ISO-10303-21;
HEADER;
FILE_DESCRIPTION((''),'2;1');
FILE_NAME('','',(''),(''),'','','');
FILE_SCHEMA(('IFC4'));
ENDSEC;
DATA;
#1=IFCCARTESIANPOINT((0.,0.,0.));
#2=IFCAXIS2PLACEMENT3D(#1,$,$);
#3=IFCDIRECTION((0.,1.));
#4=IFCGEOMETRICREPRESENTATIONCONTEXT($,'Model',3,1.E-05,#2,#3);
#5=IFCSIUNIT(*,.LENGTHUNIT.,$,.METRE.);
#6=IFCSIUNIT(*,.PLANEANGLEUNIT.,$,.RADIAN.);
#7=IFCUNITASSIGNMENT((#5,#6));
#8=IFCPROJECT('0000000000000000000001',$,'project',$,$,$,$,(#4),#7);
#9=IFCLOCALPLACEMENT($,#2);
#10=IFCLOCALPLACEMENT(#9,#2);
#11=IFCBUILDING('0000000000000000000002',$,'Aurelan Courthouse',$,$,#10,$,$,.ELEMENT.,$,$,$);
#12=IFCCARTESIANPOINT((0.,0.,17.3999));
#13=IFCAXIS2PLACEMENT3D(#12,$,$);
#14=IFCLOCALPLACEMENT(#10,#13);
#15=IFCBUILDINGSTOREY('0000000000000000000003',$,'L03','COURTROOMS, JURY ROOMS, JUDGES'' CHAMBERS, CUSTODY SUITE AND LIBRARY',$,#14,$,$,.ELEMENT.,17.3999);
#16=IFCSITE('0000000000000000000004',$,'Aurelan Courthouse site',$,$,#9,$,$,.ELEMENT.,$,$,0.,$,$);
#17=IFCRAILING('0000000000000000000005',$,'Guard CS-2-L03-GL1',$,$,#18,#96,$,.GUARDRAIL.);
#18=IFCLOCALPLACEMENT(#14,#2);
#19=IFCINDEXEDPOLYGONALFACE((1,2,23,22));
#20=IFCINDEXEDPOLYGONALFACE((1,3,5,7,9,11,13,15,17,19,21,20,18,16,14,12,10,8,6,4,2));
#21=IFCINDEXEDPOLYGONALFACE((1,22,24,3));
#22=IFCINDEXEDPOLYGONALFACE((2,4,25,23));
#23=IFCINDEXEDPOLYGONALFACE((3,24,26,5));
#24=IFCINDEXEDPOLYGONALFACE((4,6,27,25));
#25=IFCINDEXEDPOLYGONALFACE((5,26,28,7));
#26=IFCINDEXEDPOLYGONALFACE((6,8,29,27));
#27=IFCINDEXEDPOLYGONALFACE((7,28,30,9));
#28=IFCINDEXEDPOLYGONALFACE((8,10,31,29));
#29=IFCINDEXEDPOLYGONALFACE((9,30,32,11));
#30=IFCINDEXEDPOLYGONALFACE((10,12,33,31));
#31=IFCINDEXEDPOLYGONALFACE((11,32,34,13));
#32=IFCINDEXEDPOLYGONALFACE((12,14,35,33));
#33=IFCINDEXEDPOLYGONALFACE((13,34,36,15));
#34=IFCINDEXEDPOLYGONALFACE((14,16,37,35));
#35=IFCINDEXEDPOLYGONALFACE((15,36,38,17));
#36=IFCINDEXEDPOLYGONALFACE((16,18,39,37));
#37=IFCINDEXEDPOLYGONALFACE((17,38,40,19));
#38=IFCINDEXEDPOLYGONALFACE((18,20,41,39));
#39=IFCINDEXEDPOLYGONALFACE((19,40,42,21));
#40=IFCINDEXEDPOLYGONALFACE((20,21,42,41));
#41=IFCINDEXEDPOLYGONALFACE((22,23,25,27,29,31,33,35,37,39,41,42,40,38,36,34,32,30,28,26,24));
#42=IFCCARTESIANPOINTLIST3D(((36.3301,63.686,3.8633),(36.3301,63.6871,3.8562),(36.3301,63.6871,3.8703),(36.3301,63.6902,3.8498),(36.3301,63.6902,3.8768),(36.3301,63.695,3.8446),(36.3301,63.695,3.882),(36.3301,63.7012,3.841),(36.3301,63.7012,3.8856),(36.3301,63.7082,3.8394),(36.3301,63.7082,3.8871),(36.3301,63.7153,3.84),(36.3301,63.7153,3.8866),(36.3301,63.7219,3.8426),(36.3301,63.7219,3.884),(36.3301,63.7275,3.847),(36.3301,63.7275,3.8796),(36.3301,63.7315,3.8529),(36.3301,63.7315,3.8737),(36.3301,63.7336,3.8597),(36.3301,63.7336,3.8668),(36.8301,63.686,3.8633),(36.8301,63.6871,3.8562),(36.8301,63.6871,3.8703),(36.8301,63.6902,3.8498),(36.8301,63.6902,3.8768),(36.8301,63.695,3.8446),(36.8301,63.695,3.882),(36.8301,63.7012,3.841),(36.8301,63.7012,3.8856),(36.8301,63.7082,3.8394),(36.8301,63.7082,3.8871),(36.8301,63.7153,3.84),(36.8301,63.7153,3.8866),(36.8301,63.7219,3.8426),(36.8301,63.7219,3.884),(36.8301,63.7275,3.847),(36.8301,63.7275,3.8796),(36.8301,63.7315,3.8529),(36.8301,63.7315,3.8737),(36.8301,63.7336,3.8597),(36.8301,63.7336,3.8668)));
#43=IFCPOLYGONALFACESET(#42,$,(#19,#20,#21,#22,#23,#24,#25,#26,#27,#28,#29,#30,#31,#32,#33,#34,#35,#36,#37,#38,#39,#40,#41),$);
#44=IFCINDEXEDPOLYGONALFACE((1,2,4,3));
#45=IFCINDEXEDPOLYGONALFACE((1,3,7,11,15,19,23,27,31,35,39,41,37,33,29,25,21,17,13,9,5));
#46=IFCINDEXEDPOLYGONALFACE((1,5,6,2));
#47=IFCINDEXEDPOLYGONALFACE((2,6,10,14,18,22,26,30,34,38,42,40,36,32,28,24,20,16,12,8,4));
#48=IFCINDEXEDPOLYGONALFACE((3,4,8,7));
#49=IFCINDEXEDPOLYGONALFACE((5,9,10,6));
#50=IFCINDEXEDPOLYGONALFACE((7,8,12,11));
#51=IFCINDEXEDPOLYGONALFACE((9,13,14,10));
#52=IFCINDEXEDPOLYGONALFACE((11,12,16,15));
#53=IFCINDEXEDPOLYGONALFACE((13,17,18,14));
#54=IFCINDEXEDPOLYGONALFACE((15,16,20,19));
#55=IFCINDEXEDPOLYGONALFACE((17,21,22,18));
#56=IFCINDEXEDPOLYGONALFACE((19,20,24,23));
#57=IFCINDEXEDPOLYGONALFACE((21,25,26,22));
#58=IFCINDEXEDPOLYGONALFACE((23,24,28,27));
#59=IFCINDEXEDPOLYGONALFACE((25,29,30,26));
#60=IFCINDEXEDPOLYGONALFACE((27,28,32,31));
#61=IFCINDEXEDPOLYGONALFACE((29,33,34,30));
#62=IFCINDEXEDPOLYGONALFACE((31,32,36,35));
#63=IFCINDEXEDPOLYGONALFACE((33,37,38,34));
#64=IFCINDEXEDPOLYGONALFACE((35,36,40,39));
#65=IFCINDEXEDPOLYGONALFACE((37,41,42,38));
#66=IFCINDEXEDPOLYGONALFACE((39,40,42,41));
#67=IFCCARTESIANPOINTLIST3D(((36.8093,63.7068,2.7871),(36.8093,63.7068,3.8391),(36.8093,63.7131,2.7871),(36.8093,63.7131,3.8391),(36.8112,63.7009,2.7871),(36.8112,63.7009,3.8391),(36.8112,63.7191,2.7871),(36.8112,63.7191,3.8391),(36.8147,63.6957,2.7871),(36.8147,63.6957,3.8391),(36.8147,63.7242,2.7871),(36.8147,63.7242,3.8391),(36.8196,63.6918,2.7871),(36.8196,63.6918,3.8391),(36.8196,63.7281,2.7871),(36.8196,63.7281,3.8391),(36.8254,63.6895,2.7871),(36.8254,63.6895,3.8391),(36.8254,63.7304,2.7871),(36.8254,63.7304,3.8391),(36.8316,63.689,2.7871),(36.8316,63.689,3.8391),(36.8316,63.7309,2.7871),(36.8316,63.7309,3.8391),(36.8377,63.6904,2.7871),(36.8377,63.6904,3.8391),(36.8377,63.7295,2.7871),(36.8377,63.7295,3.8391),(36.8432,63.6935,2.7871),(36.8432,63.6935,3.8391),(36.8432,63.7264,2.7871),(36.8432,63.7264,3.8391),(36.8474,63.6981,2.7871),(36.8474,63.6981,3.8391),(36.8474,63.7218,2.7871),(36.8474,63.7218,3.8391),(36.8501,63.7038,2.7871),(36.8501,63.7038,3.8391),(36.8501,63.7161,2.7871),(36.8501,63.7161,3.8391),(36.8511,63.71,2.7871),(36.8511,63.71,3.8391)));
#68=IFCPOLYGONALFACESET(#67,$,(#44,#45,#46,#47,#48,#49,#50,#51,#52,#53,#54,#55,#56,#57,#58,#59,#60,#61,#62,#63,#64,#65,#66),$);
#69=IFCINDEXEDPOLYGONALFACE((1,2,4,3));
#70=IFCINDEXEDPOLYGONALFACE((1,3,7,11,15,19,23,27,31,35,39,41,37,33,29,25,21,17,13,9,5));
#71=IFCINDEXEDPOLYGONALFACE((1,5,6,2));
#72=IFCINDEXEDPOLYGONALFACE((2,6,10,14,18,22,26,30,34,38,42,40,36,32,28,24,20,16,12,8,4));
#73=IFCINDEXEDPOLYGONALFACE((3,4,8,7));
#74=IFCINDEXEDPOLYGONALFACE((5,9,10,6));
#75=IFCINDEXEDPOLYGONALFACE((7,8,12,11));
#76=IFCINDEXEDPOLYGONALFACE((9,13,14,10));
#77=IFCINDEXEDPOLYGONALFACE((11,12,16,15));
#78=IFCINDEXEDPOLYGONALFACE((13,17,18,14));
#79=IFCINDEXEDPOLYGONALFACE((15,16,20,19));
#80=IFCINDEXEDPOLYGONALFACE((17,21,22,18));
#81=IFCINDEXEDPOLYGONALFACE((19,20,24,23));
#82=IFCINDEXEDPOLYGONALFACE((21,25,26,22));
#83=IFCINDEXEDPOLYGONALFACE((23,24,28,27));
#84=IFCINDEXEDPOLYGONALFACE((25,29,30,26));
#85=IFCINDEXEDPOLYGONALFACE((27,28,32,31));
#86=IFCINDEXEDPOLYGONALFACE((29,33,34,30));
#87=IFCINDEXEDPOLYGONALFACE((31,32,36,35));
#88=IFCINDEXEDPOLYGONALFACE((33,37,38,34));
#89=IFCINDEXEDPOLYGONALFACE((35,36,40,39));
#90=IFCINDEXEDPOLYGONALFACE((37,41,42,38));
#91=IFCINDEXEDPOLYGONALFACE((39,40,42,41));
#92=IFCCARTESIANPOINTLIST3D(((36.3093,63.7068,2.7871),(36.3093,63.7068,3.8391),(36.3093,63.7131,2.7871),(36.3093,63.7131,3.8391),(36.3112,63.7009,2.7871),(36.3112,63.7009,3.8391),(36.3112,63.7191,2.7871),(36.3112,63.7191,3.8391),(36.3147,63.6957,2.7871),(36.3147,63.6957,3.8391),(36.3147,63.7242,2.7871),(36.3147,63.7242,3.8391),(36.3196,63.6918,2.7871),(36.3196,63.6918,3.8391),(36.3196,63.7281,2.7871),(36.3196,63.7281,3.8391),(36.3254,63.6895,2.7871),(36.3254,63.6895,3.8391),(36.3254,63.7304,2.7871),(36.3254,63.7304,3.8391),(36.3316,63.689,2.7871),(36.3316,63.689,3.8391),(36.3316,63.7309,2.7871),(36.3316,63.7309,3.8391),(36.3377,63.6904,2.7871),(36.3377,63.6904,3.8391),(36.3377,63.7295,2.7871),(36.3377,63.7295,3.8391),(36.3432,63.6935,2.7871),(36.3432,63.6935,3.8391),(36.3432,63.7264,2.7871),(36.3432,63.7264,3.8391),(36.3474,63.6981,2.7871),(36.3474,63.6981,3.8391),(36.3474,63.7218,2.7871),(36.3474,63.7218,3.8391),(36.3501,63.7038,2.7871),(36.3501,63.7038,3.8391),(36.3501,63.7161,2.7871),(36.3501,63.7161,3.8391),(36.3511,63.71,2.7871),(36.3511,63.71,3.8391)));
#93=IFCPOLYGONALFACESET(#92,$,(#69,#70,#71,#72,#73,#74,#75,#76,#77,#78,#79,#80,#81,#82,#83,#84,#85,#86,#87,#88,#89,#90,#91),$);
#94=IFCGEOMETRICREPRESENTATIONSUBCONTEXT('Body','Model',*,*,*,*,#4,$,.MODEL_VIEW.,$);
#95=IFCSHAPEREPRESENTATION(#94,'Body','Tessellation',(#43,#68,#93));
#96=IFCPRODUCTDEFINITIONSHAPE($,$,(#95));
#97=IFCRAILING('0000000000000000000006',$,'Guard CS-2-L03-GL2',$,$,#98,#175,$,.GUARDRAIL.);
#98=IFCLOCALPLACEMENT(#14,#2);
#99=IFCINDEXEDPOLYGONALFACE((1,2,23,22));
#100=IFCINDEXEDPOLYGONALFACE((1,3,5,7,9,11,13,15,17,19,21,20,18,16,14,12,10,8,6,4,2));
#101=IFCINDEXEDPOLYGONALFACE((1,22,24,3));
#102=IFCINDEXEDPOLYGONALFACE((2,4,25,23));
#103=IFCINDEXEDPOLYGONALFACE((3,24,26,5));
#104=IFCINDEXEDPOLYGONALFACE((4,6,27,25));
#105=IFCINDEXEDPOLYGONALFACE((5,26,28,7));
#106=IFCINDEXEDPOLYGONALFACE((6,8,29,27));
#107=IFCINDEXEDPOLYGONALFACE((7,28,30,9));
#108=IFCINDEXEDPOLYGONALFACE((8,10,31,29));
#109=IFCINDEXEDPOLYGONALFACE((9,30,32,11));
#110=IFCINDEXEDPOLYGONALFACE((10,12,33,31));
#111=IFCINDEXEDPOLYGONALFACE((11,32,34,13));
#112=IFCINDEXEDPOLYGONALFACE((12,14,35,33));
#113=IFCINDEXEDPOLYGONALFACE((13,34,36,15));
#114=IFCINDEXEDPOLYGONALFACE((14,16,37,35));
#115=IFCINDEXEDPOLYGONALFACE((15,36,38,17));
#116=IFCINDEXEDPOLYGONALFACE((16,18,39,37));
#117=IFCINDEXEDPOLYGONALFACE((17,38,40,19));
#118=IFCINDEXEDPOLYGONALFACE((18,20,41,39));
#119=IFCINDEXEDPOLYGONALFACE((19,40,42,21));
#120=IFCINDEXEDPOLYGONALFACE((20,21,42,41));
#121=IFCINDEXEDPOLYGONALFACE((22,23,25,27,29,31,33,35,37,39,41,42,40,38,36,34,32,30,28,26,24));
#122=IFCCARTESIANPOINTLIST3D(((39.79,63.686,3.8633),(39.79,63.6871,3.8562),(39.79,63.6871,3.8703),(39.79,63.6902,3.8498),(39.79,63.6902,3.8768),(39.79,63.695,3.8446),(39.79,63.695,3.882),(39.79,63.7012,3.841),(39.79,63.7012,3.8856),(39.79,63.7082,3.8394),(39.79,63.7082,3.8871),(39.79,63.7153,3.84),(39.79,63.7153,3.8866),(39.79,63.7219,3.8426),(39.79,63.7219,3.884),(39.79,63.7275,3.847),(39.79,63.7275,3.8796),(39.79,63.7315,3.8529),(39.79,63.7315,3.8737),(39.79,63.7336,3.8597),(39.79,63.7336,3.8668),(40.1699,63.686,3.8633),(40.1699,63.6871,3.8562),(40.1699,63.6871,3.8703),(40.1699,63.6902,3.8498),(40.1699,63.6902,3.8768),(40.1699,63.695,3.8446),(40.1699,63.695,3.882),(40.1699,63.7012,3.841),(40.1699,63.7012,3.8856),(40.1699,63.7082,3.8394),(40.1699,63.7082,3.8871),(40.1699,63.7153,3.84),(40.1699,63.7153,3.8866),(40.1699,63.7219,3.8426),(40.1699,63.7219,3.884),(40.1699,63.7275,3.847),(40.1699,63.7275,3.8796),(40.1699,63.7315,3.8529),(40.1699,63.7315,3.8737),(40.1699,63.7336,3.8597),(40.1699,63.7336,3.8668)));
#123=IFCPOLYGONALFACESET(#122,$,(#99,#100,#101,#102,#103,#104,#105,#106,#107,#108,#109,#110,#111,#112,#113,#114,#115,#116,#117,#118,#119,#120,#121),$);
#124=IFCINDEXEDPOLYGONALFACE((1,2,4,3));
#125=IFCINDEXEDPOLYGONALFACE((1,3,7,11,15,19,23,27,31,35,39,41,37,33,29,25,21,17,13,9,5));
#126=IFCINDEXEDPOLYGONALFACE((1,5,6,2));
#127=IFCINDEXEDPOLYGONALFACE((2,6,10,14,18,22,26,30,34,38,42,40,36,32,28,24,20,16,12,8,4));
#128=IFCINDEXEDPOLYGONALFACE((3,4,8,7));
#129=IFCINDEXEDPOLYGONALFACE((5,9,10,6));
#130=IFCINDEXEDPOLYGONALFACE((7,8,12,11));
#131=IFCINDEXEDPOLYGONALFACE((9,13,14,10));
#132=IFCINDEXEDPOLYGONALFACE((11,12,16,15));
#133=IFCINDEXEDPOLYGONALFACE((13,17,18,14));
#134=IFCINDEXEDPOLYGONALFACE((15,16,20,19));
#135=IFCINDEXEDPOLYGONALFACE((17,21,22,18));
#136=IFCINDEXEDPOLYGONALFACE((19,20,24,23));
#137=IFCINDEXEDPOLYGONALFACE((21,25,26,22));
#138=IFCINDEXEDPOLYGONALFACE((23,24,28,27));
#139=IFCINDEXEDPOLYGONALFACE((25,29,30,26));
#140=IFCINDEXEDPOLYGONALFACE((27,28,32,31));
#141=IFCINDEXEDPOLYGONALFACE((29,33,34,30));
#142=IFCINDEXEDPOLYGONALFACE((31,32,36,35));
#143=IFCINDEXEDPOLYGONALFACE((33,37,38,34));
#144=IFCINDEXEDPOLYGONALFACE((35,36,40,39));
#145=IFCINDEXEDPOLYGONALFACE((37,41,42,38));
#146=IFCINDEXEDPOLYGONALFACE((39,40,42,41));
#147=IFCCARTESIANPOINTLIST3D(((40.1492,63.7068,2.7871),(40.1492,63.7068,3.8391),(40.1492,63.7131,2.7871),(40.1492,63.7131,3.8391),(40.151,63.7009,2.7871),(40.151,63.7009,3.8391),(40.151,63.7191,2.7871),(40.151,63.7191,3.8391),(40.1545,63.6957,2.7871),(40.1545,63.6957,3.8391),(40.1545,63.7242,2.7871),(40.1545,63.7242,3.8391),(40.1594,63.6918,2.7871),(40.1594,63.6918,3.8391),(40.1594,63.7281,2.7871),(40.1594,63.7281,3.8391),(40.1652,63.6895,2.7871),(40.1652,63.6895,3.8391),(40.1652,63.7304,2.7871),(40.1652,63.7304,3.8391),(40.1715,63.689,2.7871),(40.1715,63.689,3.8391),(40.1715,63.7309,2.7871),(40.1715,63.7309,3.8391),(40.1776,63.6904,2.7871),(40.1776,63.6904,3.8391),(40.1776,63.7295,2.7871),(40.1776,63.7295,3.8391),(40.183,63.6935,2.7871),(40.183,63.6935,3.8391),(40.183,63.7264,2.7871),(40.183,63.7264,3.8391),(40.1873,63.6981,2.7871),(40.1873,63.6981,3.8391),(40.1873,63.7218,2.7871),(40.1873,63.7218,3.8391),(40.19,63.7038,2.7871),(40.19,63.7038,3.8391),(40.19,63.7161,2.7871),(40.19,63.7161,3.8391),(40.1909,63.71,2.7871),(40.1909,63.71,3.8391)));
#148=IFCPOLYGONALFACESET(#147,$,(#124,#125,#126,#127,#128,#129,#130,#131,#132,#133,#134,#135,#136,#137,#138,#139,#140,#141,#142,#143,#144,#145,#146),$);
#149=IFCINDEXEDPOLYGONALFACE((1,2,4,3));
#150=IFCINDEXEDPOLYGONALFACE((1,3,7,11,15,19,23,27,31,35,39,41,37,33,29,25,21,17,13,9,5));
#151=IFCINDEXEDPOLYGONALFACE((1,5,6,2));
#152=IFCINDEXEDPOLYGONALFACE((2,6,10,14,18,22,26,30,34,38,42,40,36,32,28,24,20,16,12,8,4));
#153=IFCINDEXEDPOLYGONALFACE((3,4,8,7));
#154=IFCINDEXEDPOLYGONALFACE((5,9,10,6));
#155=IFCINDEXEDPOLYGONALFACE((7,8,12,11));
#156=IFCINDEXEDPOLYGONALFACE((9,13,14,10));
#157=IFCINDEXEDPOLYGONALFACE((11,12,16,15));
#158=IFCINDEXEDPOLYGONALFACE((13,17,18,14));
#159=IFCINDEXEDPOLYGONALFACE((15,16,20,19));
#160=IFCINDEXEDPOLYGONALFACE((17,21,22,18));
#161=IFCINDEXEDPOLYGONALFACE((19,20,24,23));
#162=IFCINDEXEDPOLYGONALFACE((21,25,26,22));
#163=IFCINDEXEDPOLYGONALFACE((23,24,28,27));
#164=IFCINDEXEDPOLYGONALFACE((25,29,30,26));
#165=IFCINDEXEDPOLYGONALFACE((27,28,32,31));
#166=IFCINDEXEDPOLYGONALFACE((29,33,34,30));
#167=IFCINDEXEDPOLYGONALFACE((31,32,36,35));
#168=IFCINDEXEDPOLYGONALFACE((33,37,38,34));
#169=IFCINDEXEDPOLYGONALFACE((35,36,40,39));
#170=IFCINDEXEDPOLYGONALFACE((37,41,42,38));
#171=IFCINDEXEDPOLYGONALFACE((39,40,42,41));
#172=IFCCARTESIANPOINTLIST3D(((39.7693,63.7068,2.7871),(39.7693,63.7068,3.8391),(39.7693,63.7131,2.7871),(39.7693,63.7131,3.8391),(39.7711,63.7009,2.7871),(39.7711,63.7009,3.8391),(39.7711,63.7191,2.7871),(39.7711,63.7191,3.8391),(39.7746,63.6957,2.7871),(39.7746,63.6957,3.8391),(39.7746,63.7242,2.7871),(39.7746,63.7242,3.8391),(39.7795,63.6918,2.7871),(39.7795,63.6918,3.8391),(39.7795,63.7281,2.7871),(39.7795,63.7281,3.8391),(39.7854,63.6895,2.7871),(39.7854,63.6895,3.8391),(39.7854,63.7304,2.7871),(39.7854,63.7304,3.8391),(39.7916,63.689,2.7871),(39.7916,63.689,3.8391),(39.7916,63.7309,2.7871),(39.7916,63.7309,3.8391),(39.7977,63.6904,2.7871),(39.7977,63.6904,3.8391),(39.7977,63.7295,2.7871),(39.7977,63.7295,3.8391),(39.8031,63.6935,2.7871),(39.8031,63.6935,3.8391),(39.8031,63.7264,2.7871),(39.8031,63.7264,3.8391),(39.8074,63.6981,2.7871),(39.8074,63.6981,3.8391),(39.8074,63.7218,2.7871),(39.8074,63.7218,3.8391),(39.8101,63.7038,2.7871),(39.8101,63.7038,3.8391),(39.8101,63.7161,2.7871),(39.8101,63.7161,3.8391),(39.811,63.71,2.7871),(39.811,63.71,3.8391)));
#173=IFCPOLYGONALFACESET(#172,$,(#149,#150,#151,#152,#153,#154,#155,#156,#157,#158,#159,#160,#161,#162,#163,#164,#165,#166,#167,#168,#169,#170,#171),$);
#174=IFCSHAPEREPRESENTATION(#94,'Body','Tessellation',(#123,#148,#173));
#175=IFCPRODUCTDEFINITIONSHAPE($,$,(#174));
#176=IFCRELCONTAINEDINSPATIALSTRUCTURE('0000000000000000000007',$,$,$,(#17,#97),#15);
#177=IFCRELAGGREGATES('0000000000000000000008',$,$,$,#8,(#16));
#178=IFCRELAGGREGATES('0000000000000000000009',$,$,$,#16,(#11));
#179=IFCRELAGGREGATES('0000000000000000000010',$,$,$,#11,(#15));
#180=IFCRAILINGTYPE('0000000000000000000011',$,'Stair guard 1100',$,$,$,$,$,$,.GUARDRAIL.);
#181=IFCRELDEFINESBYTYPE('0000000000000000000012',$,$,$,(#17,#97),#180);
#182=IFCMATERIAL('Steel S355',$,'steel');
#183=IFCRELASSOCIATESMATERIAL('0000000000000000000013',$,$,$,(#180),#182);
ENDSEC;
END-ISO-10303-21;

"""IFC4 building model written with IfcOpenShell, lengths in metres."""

from ifc_helpers import new_model, si_unit, direction, frame, origin, origin_2d, place, context, subcontext, project, spatial, circle, extrude, material, type_object, element, save


model = new_model("IFC4")

# Units and contexts
model_context = context("Model", 3, precision=1e-05, world=origin(), true_north=direction((0.0, 1.0)))
body_context = subcontext(model_context, "Body", "Model", "MODEL_VIEW")
ifc_project = project(units=[si_unit("LENGTHUNIT", "METRE"), si_unit("PLANEANGLEUNIT", "RADIAN")], contexts=[model_context])

# Site, building, storey
site_placement = place(None, origin())
site = spatial("IfcSite", under=ifc_project, at=site_placement, Name="Aurelan Courthouse site", CompositionType="ELEMENT", RefElevation=0.0)
building_placement = place(site_placement, origin())
building = spatial("IfcBuilding", under=site, at=building_placement, Name="Aurelan Courthouse", CompositionType="ELEMENT")
storey_placement = place(building_placement, frame((0.0, 0.0, 17.3999)))
storey = spatial("IfcBuildingStorey", under=building, at=storey_placement, Name="L03", Description="COURTROOMS, JURY ROOMS, JUDGES' CHAMBERS, CUSTODY SUITE AND LIBRARY", CompositionType="ELEMENT", Elevation=17.3999)

# Railings
ifc_material_1 = material(Name="Steel S355", Category="steel")
railing_type_1 = type_object("IfcRailingType", Name="Stair guard 1100", PredefinedType="GUARDRAIL", material=ifc_material_1)
railing_1_placement = place(storey_placement, frame((36.8301, 63.71, 2.7871)))
element("IfcRailing", 1, at=railing_1_placement, inside=storey, type_object=railing_type_1, Name="Guard CS-2-L03-GL1", PredefinedType="GUARDRAIL", context=body_context, shape_type="SweptSolid", body=[
    extrude(circle(Radius=0.0239, at=origin_2d()), frame((0.0, 0.0, 1.0762), z_axis=(-1.0, 0.0, 0.0), x_axis=(0.0, -1.0, 0.0)), (0.0, 0.0, 1.0), 0.5),
    extrude(circle(Radius=0.021, at=origin_2d()), origin(), (0.0, 0.0, 1.0), 1.052),
    extrude(circle(Radius=0.021, at=origin_2d()), frame((-0.5, 0.0, 0.0)), (0.0, 0.0, 1.0), 1.052),
])
railing_2_placement = place(storey_placement, frame((40.1699, 63.71, 2.7871)))
element("IfcRailing", 2, at=railing_2_placement, inside=storey, type_object=railing_type_1, Name="Guard CS-2-L03-GL2", PredefinedType="GUARDRAIL", context=body_context, shape_type="SweptSolid", body=[
    extrude(circle(Radius=0.0239, at=origin_2d()), frame((0.0, 0.0, 1.0762), z_axis=(-1.0, 0.0, 0.0), x_axis=(0.0, -1.0, 0.0)), (0.0, 0.0, 1.0), 0.3799),
    extrude(circle(Radius=0.021, at=origin_2d()), origin(), (0.0, 0.0, 1.0), 1.052),
    extrude(circle(Radius=0.021, at=origin_2d()), frame((-0.3799, 0.0, 0.0)), (0.0, 0.0, 1.0), 1.052),
])

save(model, "model.ifc")
